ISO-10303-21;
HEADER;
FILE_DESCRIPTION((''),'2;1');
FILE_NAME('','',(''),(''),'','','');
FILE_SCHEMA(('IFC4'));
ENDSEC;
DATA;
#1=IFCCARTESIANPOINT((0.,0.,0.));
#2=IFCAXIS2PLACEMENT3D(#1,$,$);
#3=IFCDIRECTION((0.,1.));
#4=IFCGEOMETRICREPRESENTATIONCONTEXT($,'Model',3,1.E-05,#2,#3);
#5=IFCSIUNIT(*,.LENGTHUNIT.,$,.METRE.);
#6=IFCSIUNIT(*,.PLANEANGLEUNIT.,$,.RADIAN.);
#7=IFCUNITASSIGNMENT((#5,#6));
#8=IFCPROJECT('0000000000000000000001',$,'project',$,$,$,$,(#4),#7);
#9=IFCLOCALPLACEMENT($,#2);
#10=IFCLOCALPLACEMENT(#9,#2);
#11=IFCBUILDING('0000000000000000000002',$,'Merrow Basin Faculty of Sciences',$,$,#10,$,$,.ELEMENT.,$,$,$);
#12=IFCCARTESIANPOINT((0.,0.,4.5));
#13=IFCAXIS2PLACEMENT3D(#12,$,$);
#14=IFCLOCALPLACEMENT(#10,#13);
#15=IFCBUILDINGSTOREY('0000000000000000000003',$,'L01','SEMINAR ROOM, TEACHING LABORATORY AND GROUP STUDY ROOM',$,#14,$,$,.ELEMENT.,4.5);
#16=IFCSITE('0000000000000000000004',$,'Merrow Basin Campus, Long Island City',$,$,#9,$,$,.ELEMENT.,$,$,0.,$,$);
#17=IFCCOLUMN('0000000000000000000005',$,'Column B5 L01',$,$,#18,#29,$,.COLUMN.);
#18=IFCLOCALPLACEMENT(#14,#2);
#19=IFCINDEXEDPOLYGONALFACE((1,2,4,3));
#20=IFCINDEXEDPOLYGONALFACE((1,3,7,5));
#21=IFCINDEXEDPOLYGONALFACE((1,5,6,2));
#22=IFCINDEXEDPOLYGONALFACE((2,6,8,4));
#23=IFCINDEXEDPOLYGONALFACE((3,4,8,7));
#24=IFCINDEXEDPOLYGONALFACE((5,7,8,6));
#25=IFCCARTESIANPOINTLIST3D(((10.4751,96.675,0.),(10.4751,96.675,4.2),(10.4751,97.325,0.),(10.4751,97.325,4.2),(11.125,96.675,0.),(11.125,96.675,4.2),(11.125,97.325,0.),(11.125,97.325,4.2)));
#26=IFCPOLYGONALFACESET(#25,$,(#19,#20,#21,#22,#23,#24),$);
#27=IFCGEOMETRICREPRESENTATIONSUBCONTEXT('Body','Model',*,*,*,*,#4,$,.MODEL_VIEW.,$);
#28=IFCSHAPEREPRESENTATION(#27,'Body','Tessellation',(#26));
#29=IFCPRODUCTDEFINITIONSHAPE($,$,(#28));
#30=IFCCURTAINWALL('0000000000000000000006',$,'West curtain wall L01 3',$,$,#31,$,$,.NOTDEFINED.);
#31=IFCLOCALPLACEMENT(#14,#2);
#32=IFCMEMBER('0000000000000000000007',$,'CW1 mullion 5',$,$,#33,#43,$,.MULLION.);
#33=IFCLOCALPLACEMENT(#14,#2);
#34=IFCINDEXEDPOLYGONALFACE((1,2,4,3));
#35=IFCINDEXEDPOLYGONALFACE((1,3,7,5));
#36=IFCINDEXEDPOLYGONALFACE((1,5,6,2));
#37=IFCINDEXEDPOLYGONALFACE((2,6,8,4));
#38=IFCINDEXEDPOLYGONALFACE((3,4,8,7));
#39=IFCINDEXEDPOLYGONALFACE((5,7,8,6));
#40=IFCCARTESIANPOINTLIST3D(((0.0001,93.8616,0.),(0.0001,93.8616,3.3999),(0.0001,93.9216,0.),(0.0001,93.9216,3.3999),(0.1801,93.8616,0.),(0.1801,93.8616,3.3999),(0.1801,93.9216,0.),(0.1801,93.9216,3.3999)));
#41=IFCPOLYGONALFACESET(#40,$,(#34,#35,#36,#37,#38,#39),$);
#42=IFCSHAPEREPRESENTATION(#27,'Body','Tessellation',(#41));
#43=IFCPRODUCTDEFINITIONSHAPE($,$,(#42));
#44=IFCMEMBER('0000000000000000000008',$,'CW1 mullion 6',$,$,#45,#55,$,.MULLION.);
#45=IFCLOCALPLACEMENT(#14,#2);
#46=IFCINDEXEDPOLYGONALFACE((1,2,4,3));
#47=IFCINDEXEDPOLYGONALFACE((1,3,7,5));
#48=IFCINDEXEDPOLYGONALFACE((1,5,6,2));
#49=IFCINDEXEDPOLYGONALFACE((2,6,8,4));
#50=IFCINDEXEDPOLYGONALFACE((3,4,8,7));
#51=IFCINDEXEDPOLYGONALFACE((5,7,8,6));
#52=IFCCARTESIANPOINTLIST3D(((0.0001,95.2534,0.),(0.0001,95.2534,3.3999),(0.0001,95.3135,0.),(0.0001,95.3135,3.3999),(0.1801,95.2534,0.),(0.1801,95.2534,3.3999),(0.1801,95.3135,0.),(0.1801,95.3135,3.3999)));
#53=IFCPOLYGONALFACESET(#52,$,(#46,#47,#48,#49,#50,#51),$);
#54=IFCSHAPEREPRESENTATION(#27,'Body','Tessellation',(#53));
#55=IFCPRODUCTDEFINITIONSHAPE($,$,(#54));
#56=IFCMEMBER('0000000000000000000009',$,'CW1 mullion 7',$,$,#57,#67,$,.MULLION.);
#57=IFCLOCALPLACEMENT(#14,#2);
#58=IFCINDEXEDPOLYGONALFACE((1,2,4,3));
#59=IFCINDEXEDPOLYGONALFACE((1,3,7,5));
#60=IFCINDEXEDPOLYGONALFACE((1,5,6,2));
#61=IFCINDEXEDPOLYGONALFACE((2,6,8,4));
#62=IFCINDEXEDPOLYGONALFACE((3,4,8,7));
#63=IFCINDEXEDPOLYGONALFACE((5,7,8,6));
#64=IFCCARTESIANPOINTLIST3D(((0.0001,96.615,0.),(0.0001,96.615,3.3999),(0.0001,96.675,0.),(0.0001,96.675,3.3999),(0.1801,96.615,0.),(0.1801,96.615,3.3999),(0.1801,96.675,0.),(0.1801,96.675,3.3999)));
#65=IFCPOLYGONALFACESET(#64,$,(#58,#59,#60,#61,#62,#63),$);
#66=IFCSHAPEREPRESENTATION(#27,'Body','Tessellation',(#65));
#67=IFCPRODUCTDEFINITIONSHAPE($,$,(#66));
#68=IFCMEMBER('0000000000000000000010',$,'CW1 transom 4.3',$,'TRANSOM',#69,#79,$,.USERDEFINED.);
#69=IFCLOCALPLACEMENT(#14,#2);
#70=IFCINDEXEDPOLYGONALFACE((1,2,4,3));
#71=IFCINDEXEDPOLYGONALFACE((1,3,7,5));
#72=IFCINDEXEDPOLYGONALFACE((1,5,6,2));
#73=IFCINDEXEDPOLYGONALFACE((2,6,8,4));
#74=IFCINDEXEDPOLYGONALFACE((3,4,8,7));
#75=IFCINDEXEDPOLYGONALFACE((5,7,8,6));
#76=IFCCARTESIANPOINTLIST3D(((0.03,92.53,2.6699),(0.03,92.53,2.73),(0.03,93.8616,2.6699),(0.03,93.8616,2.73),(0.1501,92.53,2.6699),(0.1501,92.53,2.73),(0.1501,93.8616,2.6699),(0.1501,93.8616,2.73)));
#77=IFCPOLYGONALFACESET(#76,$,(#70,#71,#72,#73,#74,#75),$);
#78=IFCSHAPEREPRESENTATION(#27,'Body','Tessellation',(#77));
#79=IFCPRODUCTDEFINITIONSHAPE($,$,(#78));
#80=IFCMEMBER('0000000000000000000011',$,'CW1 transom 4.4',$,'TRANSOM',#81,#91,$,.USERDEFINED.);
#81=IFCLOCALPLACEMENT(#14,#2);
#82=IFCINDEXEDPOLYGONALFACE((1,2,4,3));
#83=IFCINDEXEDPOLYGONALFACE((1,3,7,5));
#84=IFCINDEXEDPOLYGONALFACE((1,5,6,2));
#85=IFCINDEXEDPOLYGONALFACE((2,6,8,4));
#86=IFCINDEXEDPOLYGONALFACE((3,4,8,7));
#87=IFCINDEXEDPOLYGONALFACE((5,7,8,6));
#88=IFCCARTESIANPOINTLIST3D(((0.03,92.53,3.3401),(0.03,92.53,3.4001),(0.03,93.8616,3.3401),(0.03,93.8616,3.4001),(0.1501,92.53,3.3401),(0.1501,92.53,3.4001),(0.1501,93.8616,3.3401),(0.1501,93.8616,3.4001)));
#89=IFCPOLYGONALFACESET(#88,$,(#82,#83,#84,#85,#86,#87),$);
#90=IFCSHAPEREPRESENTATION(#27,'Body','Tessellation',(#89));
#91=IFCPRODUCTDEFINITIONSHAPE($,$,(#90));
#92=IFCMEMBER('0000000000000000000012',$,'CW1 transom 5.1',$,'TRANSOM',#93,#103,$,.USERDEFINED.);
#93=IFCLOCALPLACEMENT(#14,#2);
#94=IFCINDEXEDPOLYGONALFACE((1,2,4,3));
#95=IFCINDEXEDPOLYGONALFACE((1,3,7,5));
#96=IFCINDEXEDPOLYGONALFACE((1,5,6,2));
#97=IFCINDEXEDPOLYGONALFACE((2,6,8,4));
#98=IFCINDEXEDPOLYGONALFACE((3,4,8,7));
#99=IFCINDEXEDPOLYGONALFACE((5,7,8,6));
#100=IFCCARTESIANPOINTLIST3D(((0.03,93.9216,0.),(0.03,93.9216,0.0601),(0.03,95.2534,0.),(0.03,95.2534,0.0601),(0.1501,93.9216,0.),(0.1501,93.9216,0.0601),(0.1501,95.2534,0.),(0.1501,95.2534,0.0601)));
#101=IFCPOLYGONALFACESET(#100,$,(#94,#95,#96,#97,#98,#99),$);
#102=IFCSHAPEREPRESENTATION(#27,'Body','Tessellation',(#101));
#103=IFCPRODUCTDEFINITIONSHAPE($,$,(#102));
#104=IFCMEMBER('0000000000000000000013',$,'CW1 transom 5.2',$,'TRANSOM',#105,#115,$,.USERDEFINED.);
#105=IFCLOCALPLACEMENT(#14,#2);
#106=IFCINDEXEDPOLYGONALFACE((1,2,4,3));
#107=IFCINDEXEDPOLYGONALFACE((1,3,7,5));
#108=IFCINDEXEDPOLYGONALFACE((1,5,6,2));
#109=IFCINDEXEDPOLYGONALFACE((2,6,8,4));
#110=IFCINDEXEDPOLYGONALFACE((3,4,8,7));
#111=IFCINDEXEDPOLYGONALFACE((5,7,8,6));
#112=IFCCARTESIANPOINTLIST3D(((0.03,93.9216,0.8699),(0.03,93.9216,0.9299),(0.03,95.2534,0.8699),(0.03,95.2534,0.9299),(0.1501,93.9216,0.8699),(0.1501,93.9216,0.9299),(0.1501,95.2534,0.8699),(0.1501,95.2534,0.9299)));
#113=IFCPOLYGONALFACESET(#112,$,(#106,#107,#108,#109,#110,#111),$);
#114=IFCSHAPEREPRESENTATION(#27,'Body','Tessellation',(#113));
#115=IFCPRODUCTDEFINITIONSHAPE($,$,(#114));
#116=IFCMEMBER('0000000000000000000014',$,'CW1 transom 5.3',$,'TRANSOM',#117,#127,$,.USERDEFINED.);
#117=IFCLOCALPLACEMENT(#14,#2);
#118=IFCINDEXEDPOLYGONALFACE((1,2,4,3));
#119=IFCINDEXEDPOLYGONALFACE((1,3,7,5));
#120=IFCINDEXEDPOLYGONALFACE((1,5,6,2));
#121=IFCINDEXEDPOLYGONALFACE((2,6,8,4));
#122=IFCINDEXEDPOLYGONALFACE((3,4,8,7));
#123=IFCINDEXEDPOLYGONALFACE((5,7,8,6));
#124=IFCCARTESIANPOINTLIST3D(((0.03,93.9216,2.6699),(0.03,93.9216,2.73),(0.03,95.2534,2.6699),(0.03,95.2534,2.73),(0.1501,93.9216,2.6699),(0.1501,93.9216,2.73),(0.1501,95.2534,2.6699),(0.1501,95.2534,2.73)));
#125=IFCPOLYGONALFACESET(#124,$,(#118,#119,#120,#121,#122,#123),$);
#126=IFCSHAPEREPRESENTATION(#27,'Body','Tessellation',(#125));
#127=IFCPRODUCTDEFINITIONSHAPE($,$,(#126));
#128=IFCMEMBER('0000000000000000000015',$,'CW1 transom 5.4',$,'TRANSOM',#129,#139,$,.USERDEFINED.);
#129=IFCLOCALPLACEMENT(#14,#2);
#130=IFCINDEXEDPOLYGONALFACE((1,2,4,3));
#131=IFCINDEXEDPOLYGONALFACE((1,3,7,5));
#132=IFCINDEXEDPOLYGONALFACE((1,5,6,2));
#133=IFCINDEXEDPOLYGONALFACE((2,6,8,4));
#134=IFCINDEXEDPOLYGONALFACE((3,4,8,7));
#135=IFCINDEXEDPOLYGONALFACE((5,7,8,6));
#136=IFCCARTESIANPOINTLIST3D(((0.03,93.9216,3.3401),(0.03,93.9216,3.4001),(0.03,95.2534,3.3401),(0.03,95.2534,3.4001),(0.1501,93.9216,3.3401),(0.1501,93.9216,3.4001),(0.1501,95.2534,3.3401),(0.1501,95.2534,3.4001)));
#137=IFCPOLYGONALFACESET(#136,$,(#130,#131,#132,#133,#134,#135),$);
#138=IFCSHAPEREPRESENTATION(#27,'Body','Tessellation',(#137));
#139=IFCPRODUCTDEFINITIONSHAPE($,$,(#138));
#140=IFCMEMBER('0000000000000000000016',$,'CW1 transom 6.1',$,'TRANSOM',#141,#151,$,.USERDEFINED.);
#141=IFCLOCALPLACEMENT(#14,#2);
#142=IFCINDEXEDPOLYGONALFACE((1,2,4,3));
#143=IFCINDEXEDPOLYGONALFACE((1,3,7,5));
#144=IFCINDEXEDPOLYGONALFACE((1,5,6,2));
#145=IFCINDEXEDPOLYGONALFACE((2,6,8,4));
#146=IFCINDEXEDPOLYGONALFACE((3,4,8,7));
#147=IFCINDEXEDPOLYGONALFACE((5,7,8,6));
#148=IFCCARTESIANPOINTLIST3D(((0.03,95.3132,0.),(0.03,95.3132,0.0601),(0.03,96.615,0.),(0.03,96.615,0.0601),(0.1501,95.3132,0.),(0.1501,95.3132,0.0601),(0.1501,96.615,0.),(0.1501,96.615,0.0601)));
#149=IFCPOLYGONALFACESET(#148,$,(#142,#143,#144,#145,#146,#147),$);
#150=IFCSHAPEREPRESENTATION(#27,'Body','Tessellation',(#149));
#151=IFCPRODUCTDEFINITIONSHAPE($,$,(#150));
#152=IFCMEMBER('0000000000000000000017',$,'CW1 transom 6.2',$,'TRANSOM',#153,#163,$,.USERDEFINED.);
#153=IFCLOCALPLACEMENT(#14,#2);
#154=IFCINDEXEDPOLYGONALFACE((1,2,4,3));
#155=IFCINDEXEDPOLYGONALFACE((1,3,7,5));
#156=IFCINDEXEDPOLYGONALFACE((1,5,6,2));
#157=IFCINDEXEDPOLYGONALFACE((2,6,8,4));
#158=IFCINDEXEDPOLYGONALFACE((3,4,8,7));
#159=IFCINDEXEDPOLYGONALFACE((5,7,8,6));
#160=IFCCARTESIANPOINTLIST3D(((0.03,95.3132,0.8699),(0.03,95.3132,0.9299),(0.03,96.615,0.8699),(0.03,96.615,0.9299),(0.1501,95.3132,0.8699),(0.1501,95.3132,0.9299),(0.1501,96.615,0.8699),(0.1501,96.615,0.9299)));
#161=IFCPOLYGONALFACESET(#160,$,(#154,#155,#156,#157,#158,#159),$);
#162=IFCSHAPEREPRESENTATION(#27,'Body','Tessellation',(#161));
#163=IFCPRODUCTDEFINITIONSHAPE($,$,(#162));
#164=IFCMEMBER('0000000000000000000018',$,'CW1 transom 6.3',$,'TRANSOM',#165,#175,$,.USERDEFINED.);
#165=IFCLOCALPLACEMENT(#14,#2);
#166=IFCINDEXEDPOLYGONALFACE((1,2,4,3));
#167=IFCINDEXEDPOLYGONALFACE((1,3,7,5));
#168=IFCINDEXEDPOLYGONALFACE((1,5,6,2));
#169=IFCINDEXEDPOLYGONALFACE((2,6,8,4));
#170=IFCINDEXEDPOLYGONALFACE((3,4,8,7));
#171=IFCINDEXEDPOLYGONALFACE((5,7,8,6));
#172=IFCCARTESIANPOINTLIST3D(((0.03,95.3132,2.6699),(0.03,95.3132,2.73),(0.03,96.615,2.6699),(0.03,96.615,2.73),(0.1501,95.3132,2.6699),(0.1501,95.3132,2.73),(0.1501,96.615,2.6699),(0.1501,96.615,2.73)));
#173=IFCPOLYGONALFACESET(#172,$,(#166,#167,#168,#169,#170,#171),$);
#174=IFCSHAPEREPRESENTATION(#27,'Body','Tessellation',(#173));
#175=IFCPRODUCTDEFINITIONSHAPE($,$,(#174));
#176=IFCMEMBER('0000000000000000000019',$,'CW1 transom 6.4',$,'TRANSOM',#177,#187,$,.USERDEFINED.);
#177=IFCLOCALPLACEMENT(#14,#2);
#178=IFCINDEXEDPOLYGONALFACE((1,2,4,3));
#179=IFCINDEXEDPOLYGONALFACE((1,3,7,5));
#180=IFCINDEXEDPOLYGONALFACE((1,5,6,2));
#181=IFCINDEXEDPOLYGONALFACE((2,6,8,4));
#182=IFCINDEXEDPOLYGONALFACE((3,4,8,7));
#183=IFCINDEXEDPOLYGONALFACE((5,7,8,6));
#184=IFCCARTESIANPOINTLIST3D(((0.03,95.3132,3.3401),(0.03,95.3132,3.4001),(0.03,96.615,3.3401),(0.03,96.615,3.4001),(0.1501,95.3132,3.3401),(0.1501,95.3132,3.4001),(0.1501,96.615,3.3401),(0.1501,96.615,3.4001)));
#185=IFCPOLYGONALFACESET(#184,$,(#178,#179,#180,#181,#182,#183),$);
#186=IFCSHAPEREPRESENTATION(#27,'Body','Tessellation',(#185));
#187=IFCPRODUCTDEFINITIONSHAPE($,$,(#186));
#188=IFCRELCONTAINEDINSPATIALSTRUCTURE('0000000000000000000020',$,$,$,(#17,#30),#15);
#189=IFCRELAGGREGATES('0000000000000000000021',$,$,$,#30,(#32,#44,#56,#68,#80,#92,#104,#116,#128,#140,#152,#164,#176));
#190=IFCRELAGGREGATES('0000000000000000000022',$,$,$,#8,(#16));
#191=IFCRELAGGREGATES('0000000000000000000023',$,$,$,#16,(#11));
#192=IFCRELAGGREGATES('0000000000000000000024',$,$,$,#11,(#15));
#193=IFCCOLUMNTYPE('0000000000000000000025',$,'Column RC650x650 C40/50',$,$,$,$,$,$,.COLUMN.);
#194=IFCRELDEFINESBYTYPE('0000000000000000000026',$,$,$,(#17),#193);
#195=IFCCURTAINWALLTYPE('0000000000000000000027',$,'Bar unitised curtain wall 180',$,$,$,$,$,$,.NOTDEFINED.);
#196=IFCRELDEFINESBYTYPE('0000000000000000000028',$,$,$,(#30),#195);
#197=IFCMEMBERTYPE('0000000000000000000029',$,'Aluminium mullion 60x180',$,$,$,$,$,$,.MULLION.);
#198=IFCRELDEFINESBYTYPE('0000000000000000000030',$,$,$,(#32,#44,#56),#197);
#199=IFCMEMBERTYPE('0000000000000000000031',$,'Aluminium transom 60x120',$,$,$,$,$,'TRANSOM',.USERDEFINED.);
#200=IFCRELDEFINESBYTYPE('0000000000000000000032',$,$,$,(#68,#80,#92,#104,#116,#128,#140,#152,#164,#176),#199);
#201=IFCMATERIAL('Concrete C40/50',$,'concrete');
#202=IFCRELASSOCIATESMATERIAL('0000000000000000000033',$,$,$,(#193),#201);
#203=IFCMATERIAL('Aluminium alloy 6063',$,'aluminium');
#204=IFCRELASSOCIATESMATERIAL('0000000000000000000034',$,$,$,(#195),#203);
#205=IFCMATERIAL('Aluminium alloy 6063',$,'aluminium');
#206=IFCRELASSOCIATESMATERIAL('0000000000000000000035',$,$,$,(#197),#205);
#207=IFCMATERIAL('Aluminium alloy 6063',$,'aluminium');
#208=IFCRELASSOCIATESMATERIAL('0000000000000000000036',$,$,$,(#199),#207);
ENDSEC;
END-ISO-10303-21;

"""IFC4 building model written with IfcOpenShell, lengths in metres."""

from ifc_helpers import new_model, si_unit, direction, frame, origin, origin_2d, place, context, subcontext, project, spatial, rectangle, extrude, material, material_profile, profile_set, type_object, element, aggregate, save


model = new_model("IFC4")

# Units and contexts
model_context = context("Model", 3, precision=1e-05, world=origin(), true_north=direction((0.0, 1.0)))
body_context = subcontext(model_context, "Body", "Model", "MODEL_VIEW")
ifc_project = project(units=[si_unit("LENGTHUNIT", "METRE"), si_unit("PLANEANGLEUNIT", "RADIAN")], contexts=[model_context])

# Site, building, storey
site_placement = place(None, origin())
site = spatial("IfcSite", under=ifc_project, at=site_placement, Name="Merrow Basin Campus, Long Island City", CompositionType="ELEMENT", RefElevation=0.0)
building_placement = place(site_placement, origin())
building = spatial("IfcBuilding", under=site, at=building_placement, Name="Merrow Basin Faculty of Sciences", CompositionType="ELEMENT")
storey_placement = place(building_placement, frame((0.0, 0.0, 4.5)))
storey = spatial("IfcBuildingStorey", under=building, at=storey_placement, Name="L01", Description="SEMINAR ROOM, TEACHING LABORATORY AND GROUP STUDY ROOM", CompositionType="ELEMENT", Elevation=4.5)

# Column
ifc_material_1 = material(Name="Concrete C40/50", Category="concrete")
ifc_material_profile_1 = material_profile(ifc_material_1, rectangle(XDim=0.6499, YDim=0.6499, at=origin_2d()))
ifc_profile_set_1 = profile_set([ifc_material_profile_1], Name="Concrete C40/50")
column_type = type_object("IfcColumnType", Name="Column RC650x650 C40/50", PredefinedType="COLUMN", material=ifc_profile_set_1)
column_placement = place(storey_placement, frame((10.8, 97.0, 0.0), z_axis=(0.0, 0.0, 1.0), x_axis=(1.0, 0.0, 0.0)))
element("IfcColumn", 1, at=column_placement, inside=storey, type_object=column_type, Name="Column B5 L01", PredefinedType="COLUMN", context=body_context, shape_type="SweptSolid", body=[
    extrude(rectangle(XDim=0.6499, YDim=0.6499, at=origin_2d()), origin(), (0.0, 0.0, 1.0), 4.2),
])

# Curtain wall, members
ifc_material_2 = material(Name="Aluminium alloy 6063", Category="aluminium")
curtain_wall_type = type_object("IfcCurtainWallType", Name="Bar unitised curtain wall 180", PredefinedType="NOTDEFINED", material=ifc_material_2)
curtain_wall_placement = place(storey_placement, origin())
curtain_wall = element("IfcCurtainWall", 2, at=curtain_wall_placement, inside=storey, type_object=curtain_wall_type, Name="West curtain wall L01 3", PredefinedType="NOTDEFINED")
ifc_material_3 = material(Name="Aluminium alloy 6063", Category="aluminium")
ifc_material_profile_2 = material_profile(ifc_material_3, rectangle(XDim=0.1799, YDim=0.0601, at=origin_2d()))
ifc_profile_set_2 = profile_set([ifc_material_profile_2], Name="Aluminium alloy 6063")
member_type_1 = type_object("IfcMemberType", Name="Aluminium mullion 60x180", PredefinedType="MULLION", material=ifc_profile_set_2)
member_1_placement = place(storey_placement, frame((0.0901, 93.8916, 0.0), z_axis=(0.0, 0.0, 1.0), x_axis=(-1.0, 0.0, 0.0)))
member_1 = element("IfcMember", 3, at=member_1_placement, type_object=member_type_1, Name="CW1 mullion 5", PredefinedType="MULLION", context=body_context, shape_type="SweptSolid", body=[
    extrude(rectangle(XDim=0.1799, YDim=0.0601, at=origin_2d()), origin(), (0.0, 0.0, 1.0), 3.3999),
])
member_2_placement = place(storey_placement, frame((0.0901, 95.2834, 0.0), z_axis=(0.0, 0.0, 1.0), x_axis=(-1.0, 0.0, 0.0)))
member_2 = element("IfcMember", 4, at=member_2_placement, type_object=member_type_1, Name="CW1 mullion 6", PredefinedType="MULLION", context=body_context, shape_type="SweptSolid", body=[
    extrude(rectangle(XDim=0.1799, YDim=0.0601, at=origin_2d()), origin(), (0.0, 0.0, 1.0), 3.3999),
])
member_3_placement = place(storey_placement, frame((0.0901, 96.645, 0.0), z_axis=(0.0, 0.0, 1.0), x_axis=(-1.0, 0.0, 0.0)))
member_3 = element("IfcMember", 5, at=member_3_placement, type_object=member_type_1, Name="CW1 mullion 7", PredefinedType="MULLION", context=body_context, shape_type="SweptSolid", body=[
    extrude(rectangle(XDim=0.1799, YDim=0.0601, at=origin_2d()), origin(), (0.0, 0.0, 1.0), 3.3999),
])
ifc_material_4 = material(Name="Aluminium alloy 6063", Category="aluminium")
ifc_material_profile_3 = material_profile(ifc_material_4, rectangle(XDim=0.1201, YDim=0.0601, at=origin_2d()))
ifc_profile_set_3 = profile_set([ifc_material_profile_3], Name="Aluminium alloy 6063")
member_type_2 = type_object("IfcMemberType", Name="Aluminium transom 60x120", ElementType="TRANSOM", PredefinedType="USERDEFINED", material=ifc_profile_set_3)
member_4_placement = place(storey_placement, frame((0.0901, 92.53, 2.7), z_axis=(0.0, 1.0, 0.0), x_axis=(-1.0, 0.0, 0.0)))
member_4 = element("IfcMember", 6, at=member_4_placement, type_object=member_type_2, Name="CW1 transom 4.3", ObjectType="TRANSOM", PredefinedType="USERDEFINED", context=body_context, shape_type="SweptSolid", body=[
    extrude(rectangle(XDim=0.1201, YDim=0.0601, at=origin_2d()), origin(), (0.0, 0.0, 1.0), 1.3315),
])
member_5_placement = place(storey_placement, frame((0.0901, 92.53, 3.3701), z_axis=(0.0, 1.0, 0.0), x_axis=(-1.0, 0.0, 0.0)))
member_5 = element("IfcMember", 7, at=member_5_placement, type_object=member_type_2, Name="CW1 transom 4.4", ObjectType="TRANSOM", PredefinedType="USERDEFINED", context=body_context, shape_type="SweptSolid", body=[
    extrude(rectangle(XDim=0.1201, YDim=0.0601, at=origin_2d()), origin(), (0.0, 0.0, 1.0), 1.3315),
])
member_6_placement = place(storey_placement, frame((0.0901, 93.9216, 0.03), z_axis=(0.0, 1.0, 0.0), x_axis=(-1.0, 0.0, 0.0)))
member_6 = element("IfcMember", 8, at=member_6_placement, type_object=member_type_2, Name="CW1 transom 5.1", ObjectType="TRANSOM", PredefinedType="USERDEFINED", context=body_context, shape_type="SweptSolid", body=[
    extrude(rectangle(XDim=0.1201, YDim=0.0601, at=origin_2d()), origin(), (0.0, 0.0, 1.0), 1.3318),
])
member_7_placement = place(storey_placement, frame((0.0901, 93.9216, 0.8999), z_axis=(0.0, 1.0, 0.0), x_axis=(-1.0, 0.0, 0.0)))
member_7 = element("IfcMember", 9, at=member_7_placement, type_object=member_type_2, Name="CW1 transom 5.2", ObjectType="TRANSOM", PredefinedType="USERDEFINED", context=body_context, shape_type="SweptSolid", body=[
    extrude(rectangle(XDim=0.1201, YDim=0.0601, at=origin_2d()), origin(), (0.0, 0.0, 1.0), 1.3318),
])
member_8_placement = place(storey_placement, frame((0.0901, 93.9216, 2.7), z_axis=(0.0, 1.0, 0.0), x_axis=(-1.0, 0.0, 0.0)))
member_8 = element("IfcMember", 10, at=member_8_placement, type_object=member_type_2, Name="CW1 transom 5.3", ObjectType="TRANSOM", PredefinedType="USERDEFINED", context=body_context, shape_type="SweptSolid", body=[
    extrude(rectangle(XDim=0.1201, YDim=0.0601, at=origin_2d()), origin(), (0.0, 0.0, 1.0), 1.3318),
])
member_9_placement = place(storey_placement, frame((0.0901, 93.9216, 3.3701), z_axis=(0.0, 1.0, 0.0), x_axis=(-1.0, 0.0, 0.0)))
member_9 = element("IfcMember", 11, at=member_9_placement, type_object=member_type_2, Name="CW1 transom 5.4", ObjectType="TRANSOM", PredefinedType="USERDEFINED", context=body_context, shape_type="SweptSolid", body=[
    extrude(rectangle(XDim=0.1201, YDim=0.0601, at=origin_2d()), origin(), (0.0, 0.0, 1.0), 1.3318),
])
member_10_placement = place(storey_placement, frame((0.0901, 95.3132, 0.03), z_axis=(0.0, 1.0, 0.0), x_axis=(-1.0, 0.0, 0.0)))
member_10 = element("IfcMember", 12, at=member_10_placement, type_object=member_type_2, Name="CW1 transom 6.1", ObjectType="TRANSOM", PredefinedType="USERDEFINED", context=body_context, shape_type="SweptSolid", body=[
    extrude(rectangle(XDim=0.1201, YDim=0.0601, at=origin_2d()), origin(), (0.0, 0.0, 1.0), 1.3018),
])
member_11_placement = place(storey_placement, frame((0.0901, 95.3132, 0.8999), z_axis=(0.0, 1.0, 0.0), x_axis=(-1.0, 0.0, 0.0)))
member_11 = element("IfcMember", 13, at=member_11_placement, type_object=member_type_2, Name="CW1 transom 6.2", ObjectType="TRANSOM", PredefinedType="USERDEFINED", context=body_context, shape_type="SweptSolid", body=[
    extrude(rectangle(XDim=0.1201, YDim=0.0601, at=origin_2d()), origin(), (0.0, 0.0, 1.0), 1.3018),
])
member_12_placement = place(storey_placement, frame((0.0901, 95.3132, 2.7), z_axis=(0.0, 1.0, 0.0), x_axis=(-1.0, 0.0, 0.0)))
member_12 = element("IfcMember", 14, at=member_12_placement, type_object=member_type_2, Name="CW1 transom 6.3", ObjectType="TRANSOM", PredefinedType="USERDEFINED", context=body_context, shape_type="SweptSolid", body=[
    extrude(rectangle(XDim=0.1201, YDim=0.0601, at=origin_2d()), origin(), (0.0, 0.0, 1.0), 1.3018),
])
member_13_placement = place(storey_placement, frame((0.0901, 95.3132, 3.3701), z_axis=(0.0, 1.0, 0.0), x_axis=(-1.0, 0.0, 0.0)))
member_13 = element("IfcMember", 15, at=member_13_placement, type_object=member_type_2, Name="CW1 transom 6.4", ObjectType="TRANSOM", PredefinedType="USERDEFINED", context=body_context, shape_type="SweptSolid", body=[
    extrude(rectangle(XDim=0.1201, YDim=0.0601, at=origin_2d()), origin(), (0.0, 0.0, 1.0), 1.3018),
])

aggregate(curtain_wall, [member_1, member_2, member_3, member_4, member_5, member_6, member_7, member_8, member_9, member_10, member_11, member_12, member_13])

save(model, "model.ifc")
